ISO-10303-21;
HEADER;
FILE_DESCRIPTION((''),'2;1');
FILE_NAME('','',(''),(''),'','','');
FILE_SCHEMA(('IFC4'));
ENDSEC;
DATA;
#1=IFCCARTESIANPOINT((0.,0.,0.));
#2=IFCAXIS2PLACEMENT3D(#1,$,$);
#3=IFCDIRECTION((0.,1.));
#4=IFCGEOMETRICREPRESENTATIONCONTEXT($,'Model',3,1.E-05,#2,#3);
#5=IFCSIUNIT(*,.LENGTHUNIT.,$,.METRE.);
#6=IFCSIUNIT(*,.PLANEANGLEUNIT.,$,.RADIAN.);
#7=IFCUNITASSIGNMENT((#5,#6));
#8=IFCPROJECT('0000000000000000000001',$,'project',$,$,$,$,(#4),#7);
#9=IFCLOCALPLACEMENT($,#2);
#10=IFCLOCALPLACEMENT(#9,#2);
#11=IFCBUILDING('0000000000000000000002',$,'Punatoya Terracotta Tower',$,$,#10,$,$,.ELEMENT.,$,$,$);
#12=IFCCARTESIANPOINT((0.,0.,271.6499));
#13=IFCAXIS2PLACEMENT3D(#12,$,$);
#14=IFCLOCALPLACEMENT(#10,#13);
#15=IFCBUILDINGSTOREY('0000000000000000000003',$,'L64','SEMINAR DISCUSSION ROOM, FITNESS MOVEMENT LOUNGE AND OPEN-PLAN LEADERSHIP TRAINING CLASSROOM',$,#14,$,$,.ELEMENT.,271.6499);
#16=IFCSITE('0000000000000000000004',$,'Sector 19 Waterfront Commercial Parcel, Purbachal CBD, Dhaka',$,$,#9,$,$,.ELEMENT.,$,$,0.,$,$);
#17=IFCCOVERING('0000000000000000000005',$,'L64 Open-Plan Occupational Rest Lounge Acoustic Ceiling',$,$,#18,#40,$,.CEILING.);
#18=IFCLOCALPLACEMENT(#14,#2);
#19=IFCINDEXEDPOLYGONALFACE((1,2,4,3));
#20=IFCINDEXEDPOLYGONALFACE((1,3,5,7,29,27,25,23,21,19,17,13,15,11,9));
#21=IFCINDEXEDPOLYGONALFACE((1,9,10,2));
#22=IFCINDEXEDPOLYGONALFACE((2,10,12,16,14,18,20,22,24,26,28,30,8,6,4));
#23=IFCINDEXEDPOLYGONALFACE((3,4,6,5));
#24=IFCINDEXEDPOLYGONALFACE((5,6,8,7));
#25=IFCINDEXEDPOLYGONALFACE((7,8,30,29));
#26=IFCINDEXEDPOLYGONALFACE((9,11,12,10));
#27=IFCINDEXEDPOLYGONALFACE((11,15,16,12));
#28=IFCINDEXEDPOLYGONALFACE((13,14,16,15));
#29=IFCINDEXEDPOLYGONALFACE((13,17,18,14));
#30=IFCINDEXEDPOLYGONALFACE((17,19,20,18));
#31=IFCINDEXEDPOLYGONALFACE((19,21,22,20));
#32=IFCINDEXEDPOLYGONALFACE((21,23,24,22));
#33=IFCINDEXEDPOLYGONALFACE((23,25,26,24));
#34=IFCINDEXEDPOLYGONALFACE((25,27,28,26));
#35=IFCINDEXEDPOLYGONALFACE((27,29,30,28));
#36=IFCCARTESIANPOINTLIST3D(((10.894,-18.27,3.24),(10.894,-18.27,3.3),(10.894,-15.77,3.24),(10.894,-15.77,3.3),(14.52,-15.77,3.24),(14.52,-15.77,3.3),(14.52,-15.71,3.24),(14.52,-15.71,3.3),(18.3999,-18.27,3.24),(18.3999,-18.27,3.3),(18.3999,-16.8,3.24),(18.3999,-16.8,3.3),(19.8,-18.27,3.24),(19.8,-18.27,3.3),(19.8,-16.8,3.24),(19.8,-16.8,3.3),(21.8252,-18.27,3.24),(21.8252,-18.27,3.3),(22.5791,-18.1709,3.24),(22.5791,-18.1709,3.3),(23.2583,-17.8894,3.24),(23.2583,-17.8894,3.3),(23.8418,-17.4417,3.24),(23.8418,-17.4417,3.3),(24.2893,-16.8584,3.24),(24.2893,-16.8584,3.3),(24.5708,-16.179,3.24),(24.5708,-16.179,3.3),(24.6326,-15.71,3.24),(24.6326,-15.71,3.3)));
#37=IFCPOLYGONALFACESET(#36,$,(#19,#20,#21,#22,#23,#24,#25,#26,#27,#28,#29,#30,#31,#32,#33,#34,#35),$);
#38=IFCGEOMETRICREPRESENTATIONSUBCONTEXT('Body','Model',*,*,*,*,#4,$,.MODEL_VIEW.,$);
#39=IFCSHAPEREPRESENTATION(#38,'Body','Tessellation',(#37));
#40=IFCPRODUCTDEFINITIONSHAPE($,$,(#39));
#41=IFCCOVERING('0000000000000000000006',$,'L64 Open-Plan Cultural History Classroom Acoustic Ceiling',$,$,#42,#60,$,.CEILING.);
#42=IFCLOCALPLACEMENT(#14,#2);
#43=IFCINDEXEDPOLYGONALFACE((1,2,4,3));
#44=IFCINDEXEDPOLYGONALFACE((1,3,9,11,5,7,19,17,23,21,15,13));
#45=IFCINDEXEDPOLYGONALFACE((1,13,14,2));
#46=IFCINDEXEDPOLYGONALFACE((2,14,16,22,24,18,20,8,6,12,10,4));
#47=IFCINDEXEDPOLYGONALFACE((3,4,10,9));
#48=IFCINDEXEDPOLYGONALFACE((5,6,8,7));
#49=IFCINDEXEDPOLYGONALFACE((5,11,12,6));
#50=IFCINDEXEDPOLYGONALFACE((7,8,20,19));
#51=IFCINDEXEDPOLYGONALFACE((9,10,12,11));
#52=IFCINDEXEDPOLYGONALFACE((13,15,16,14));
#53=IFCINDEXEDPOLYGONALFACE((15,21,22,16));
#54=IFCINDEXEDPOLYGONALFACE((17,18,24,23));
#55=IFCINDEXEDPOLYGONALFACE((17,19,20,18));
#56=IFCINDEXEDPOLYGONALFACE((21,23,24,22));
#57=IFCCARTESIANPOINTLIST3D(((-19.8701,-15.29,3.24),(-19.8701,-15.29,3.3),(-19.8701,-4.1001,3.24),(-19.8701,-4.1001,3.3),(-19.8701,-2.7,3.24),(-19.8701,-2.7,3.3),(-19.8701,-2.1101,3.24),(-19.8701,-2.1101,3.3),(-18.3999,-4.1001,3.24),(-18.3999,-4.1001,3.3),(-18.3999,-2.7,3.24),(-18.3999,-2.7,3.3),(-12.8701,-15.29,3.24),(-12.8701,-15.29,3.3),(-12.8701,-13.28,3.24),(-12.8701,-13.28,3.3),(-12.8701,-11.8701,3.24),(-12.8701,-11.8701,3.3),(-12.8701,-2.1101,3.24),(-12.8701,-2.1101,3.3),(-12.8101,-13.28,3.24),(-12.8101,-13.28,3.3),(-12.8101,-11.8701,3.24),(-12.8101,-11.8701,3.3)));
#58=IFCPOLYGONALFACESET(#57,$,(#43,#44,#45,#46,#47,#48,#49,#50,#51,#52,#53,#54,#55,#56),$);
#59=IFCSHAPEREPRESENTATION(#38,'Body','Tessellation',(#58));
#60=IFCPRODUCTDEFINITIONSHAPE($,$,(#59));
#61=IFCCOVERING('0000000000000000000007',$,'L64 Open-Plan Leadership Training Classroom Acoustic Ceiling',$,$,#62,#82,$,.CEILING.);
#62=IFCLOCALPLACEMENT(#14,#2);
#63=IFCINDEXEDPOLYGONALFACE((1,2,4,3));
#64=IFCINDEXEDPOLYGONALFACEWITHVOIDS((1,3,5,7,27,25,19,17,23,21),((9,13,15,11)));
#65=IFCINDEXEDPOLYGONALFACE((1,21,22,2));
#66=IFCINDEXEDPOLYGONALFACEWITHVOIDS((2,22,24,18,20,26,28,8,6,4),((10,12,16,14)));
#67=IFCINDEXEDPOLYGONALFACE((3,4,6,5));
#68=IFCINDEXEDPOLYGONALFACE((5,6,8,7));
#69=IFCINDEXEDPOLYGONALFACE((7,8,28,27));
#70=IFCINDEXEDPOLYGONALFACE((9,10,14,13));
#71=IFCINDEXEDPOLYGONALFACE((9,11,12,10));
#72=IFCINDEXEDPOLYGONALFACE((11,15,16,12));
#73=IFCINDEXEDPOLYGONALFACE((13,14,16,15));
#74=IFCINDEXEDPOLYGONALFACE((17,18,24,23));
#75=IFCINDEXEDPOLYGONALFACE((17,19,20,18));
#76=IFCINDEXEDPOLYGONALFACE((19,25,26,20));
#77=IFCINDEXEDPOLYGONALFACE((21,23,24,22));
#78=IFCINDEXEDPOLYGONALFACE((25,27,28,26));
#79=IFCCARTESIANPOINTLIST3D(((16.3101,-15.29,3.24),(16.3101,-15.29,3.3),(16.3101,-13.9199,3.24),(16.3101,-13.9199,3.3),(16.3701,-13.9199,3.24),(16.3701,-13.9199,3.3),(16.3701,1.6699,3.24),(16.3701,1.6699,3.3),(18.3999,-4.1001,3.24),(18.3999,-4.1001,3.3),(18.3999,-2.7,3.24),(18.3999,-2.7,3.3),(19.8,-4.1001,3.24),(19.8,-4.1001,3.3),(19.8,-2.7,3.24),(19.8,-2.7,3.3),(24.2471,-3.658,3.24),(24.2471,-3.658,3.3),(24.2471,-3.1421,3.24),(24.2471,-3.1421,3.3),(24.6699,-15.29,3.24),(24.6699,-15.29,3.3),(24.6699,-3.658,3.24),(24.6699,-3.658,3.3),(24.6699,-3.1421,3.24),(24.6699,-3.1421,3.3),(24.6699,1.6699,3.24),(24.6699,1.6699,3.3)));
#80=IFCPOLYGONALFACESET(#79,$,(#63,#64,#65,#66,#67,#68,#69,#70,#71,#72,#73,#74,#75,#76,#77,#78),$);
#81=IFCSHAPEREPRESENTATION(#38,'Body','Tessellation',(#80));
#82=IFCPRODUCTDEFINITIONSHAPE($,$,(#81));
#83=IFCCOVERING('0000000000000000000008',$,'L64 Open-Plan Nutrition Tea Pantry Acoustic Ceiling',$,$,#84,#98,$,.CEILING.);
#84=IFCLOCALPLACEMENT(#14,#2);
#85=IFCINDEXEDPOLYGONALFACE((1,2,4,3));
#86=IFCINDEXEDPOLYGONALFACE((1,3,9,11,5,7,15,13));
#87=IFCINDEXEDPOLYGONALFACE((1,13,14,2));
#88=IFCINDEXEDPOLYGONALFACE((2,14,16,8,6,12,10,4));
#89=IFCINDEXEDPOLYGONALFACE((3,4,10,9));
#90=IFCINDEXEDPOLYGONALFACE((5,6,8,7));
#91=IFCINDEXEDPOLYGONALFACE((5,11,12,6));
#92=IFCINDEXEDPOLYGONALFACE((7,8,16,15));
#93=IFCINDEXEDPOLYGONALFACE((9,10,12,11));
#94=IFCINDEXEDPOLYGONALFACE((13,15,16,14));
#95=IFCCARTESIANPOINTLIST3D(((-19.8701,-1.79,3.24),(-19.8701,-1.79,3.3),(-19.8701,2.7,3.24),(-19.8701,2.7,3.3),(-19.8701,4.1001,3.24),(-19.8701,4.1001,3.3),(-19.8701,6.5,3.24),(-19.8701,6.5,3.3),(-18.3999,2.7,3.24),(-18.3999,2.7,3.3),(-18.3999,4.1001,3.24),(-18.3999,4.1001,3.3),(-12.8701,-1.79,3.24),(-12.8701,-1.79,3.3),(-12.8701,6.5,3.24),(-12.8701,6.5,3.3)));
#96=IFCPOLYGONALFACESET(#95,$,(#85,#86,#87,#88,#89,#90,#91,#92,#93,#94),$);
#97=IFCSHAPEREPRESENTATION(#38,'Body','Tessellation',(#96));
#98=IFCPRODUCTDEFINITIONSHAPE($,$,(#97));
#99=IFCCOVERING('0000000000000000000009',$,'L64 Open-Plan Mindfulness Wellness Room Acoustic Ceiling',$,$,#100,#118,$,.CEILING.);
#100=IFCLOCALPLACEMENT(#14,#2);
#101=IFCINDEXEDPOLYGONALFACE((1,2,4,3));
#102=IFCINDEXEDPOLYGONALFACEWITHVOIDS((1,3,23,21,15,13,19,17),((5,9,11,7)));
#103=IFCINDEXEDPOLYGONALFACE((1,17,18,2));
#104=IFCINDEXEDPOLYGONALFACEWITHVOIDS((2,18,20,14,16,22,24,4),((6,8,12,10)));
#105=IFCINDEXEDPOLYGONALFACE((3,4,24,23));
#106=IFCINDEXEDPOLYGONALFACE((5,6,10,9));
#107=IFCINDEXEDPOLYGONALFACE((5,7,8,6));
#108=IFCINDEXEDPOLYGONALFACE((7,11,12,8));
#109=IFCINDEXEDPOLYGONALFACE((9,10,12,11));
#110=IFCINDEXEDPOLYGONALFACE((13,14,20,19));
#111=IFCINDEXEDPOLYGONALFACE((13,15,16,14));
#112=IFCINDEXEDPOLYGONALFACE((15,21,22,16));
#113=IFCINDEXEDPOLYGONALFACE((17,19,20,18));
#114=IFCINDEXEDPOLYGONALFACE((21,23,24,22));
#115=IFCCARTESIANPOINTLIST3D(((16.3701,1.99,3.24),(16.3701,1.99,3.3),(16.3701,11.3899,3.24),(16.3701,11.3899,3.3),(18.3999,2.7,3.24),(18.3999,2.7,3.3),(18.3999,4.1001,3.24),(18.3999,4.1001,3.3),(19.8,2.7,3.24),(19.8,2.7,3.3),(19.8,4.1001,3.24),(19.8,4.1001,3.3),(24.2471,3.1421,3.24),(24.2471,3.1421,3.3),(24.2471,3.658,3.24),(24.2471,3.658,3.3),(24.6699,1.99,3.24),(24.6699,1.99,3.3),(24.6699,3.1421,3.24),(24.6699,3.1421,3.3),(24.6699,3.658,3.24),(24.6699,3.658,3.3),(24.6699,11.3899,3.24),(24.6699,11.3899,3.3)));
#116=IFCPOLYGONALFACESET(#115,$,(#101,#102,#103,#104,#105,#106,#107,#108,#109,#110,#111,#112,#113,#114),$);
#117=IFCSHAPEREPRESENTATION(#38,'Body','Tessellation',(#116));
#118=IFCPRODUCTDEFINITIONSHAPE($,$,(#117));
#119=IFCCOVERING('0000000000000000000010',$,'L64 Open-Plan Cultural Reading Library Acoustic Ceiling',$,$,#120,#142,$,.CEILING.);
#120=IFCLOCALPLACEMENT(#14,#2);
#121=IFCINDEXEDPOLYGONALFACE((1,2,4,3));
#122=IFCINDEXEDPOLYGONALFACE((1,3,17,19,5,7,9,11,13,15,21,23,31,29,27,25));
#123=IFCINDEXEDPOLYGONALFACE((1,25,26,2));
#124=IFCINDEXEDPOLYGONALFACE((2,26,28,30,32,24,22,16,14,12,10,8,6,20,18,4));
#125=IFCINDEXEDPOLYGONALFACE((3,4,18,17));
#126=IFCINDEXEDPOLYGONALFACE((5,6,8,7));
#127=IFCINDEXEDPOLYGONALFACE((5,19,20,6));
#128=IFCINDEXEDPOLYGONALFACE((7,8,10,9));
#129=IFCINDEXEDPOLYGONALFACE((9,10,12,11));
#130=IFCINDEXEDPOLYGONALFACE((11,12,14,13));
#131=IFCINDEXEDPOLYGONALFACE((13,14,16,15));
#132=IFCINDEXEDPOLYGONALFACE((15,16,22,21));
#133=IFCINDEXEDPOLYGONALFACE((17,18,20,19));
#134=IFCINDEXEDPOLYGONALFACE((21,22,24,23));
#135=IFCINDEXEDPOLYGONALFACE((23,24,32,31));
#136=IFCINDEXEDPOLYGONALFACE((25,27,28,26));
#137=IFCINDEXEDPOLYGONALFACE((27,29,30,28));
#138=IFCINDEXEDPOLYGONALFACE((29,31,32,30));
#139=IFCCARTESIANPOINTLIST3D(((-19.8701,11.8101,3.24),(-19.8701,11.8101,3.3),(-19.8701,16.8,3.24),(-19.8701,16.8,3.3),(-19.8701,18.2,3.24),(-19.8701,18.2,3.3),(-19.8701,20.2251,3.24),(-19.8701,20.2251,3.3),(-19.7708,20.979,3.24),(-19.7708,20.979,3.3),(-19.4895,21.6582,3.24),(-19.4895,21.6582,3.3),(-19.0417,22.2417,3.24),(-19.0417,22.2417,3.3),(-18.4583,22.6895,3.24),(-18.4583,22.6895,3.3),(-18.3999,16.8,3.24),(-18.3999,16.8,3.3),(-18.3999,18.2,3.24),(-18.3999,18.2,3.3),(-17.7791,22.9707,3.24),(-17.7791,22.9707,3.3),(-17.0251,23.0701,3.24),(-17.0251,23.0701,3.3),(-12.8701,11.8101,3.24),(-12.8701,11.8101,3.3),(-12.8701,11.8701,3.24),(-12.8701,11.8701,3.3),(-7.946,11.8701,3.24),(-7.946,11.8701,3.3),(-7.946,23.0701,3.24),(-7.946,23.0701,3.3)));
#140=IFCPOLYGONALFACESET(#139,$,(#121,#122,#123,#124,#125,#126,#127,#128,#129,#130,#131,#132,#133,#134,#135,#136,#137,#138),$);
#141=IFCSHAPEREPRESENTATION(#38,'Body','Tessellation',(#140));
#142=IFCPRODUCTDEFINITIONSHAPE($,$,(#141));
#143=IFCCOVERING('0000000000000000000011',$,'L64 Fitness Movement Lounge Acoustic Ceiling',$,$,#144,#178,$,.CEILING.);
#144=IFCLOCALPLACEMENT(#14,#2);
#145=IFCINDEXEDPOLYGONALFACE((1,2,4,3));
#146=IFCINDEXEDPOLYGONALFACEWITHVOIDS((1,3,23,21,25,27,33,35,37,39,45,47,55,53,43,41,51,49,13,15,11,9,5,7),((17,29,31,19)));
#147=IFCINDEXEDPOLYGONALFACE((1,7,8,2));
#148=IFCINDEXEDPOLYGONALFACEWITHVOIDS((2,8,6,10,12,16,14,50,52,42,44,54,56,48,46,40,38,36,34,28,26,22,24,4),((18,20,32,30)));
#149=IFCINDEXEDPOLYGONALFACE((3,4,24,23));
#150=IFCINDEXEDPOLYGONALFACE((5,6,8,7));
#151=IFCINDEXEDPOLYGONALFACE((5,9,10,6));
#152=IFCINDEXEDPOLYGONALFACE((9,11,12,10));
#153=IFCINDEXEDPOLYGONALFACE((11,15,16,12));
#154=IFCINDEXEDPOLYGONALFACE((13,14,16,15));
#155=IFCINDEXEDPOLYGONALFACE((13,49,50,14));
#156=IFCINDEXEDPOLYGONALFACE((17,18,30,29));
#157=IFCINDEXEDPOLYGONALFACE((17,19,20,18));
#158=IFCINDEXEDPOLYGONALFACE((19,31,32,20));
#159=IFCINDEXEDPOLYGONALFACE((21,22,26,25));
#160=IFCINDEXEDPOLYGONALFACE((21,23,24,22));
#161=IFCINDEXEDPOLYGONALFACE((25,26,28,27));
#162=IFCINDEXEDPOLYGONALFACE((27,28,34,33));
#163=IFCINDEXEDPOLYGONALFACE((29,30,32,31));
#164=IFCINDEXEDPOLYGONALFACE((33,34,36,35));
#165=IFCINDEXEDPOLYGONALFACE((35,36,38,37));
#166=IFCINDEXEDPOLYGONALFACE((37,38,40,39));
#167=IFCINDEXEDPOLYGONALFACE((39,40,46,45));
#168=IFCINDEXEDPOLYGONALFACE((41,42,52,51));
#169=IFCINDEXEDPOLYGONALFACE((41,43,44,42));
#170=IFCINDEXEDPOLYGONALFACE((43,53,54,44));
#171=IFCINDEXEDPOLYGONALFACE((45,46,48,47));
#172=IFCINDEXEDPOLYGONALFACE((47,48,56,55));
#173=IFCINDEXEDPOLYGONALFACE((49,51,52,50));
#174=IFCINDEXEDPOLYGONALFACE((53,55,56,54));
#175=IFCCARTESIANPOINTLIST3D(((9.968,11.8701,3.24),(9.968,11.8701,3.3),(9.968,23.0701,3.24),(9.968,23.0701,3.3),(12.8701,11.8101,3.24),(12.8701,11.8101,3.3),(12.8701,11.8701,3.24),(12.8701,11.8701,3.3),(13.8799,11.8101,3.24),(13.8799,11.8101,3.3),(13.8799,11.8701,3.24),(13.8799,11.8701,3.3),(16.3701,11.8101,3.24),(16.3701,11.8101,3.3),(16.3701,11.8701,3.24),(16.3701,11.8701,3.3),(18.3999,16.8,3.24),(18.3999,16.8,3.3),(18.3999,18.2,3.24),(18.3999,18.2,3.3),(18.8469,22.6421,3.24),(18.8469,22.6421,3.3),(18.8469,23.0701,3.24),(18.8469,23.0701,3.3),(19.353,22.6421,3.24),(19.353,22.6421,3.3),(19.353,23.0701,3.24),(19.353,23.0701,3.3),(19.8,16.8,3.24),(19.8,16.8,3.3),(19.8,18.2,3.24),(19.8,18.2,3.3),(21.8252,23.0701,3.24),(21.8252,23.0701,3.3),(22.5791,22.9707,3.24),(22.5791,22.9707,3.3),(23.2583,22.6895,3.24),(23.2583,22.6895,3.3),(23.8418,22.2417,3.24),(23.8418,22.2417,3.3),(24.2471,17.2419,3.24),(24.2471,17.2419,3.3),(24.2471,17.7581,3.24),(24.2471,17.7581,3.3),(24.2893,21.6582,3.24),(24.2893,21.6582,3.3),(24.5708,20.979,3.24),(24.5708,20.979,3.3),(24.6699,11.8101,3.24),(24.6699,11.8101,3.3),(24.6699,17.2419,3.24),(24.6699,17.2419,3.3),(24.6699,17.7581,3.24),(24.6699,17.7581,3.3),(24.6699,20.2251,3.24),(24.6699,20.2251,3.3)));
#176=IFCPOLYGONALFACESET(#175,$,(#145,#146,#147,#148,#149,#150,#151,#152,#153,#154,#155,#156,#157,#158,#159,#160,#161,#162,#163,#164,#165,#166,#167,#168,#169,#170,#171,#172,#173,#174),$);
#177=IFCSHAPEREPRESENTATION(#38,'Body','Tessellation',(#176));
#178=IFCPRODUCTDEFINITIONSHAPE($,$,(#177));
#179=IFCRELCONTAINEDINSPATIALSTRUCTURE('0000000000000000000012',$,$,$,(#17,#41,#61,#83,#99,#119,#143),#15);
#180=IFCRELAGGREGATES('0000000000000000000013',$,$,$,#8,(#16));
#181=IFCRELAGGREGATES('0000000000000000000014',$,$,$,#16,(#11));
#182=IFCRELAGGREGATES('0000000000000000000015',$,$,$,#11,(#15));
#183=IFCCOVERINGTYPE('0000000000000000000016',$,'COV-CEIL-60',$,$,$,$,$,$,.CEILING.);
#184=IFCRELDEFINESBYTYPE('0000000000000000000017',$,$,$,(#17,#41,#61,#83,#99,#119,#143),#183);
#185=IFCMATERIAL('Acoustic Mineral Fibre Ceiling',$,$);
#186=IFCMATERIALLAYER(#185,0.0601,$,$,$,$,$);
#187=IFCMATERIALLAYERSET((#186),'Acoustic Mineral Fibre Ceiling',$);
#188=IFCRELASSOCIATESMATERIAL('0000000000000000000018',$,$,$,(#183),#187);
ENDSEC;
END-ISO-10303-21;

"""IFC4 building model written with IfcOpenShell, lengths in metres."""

from ifc_helpers import new_model, si_unit, direction, frame, origin, place, context, subcontext, project, spatial, polyline, outline, extrude, material, layer, layer_set, type_object, element, save


model = new_model("IFC4")

# Units and contexts
model_context = context("Model", 3, precision=1e-05, world=origin(), true_north=direction((0.0, 1.0)))
body_context = subcontext(model_context, "Body", "Model", "MODEL_VIEW")
ifc_project = project(units=[si_unit("LENGTHUNIT", "METRE"), si_unit("PLANEANGLEUNIT", "RADIAN")], contexts=[model_context])

# Site, building, storey
site_placement = place(None, origin())
site = spatial("IfcSite", under=ifc_project, at=site_placement, Name="Sector 19 Waterfront Commercial Parcel, Purbachal CBD, Dhaka", CompositionType="ELEMENT", RefElevation=0.0)
building_placement = place(site_placement, origin())
building = spatial("IfcBuilding", under=site, at=building_placement, Name="Punatoya Terracotta Tower", CompositionType="ELEMENT")
storey_placement = place(building_placement, frame((0.0, 0.0, 271.6499)))
storey = spatial("IfcBuildingStorey", under=building, at=storey_placement, Name="L64", Description="SEMINAR DISCUSSION ROOM, FITNESS MOVEMENT LOUNGE AND OPEN-PLAN LEADERSHIP TRAINING CLASSROOM", CompositionType="ELEMENT", Elevation=271.6499)

# Coverings
ifc_material_1 = material(Name="Acoustic Mineral Fibre Ceiling")
ifc_layer_1 = layer(ifc_material_1, 0.0601)
ifc_layer_set_1 = layer_set([ifc_layer_1], Name="Acoustic Mineral Fibre Ceiling")
covering_type = type_object("IfcCoveringType", Name="COV-CEIL-60", PredefinedType="CEILING", material=ifc_layer_set_1)
covering_1_placement = place(storey_placement, frame((0.0, 0.0, 3.24)))
element("IfcCovering", 1, at=covering_1_placement, inside=storey, type_object=covering_type, Name="L64 Open-Plan Occupational Rest Lounge Acoustic Ceiling", PredefinedType="CEILING", context=body_context, shape_type="SweptSolid", body=[
    extrude(outline(polyline([(10.894, -15.77), (10.894, -18.27), (18.3999, -18.27), (18.3999, -16.8), (19.8, -16.8), (19.8, -18.27), (21.8252, -18.27), (22.5791, -18.1709), (23.2583, -17.8894), (23.8418, -17.4417), (24.2893, -16.8584), (24.5708, -16.179), (24.6326, -15.71), (14.52, -15.71), (14.52, -15.77), (10.894, -15.77)])), origin(), (0.0, 0.0, 1.0), 0.0601),
])
covering_2_placement = place(storey_placement, frame((0.0, 0.0, 3.24)))
element("IfcCovering", 2, at=covering_2_placement, inside=storey, type_object=covering_type, Name="L64 Open-Plan Cultural History Classroom Acoustic Ceiling", PredefinedType="CEILING", context=body_context, shape_type="SweptSolid", body=[
    extrude(outline(polyline([(-19.8701, -4.1001), (-19.8701, -15.29), (-12.8701, -15.29), (-12.8701, -13.28), (-12.8101, -13.28), (-12.8101, -11.8701), (-12.8701, -11.8701), (-12.8701, -2.1101), (-19.8701, -2.1101), (-19.8701, -2.7), (-18.3999, -2.7), (-18.3999, -4.1001), (-19.8701, -4.1001)])), origin(), (0.0, 0.0, 1.0), 0.0601),
])
covering_3_placement = place(storey_placement, frame((0.0, 0.0, 3.24)))
element("IfcCovering", 3, at=covering_3_placement, inside=storey, type_object=covering_type, Name="L64 Open-Plan Leadership Training Classroom Acoustic Ceiling", PredefinedType="CEILING", context=body_context, shape_type="SweptSolid", body=[
    extrude(outline(polyline([(16.3101, -13.9199), (16.3101, -15.29), (24.6699, -15.29), (24.6699, -3.658), (24.2471, -3.658), (24.2471, -3.1421), (24.6699, -3.1421), (24.6699, 1.6699), (16.3701, 1.6699), (16.3701, -13.9199), (16.3101, -13.9199)]), holes=[polyline([(18.3999, -4.1001), (18.3999, -2.7), (19.8, -2.7), (19.8, -4.1001), (18.3999, -4.1001)])]), origin(), (0.0, 0.0, 1.0), 0.0601),
])
covering_4_placement = place(storey_placement, frame((0.0, 0.0, 3.24)))
element("IfcCovering", 4, at=covering_4_placement, inside=storey, type_object=covering_type, Name="L64 Open-Plan Nutrition Tea Pantry Acoustic Ceiling", PredefinedType="CEILING", context=body_context, shape_type="SweptSolid", body=[
    extrude(outline(polyline([(-19.8701, 2.7), (-19.8701, -1.79), (-12.8701, -1.79), (-12.8701, 6.5), (-19.8701, 6.5), (-19.8701, 4.1001), (-18.3999, 4.1001), (-18.3999, 2.7), (-19.8701, 2.7)])), origin(), (0.0, 0.0, 1.0), 0.0601),
])
covering_5_placement = place(storey_placement, frame((0.0, 0.0, 3.24)))
element("IfcCovering", 5, at=covering_5_placement, inside=storey, type_object=covering_type, Name="L64 Open-Plan Mindfulness Wellness Room Acoustic Ceiling", PredefinedType="CEILING", context=body_context, shape_type="SweptSolid", body=[
    extrude(outline(polyline([(24.6699, 3.658), (24.6699, 11.3899), (16.3701, 11.3899), (16.3701, 1.99), (24.6699, 1.99), (24.6699, 3.1421), (24.2471, 3.1421), (24.2471, 3.658), (24.6699, 3.658)]), holes=[polyline([(18.3999, 4.1001), (19.8, 4.1001), (19.8, 2.7), (18.3999, 2.7), (18.3999, 4.1001)])]), origin(), (0.0, 0.0, 1.0), 0.0601),
])
covering_6_placement = place(storey_placement, frame((0.0, 0.0, 3.24)))
element("IfcCovering", 6, at=covering_6_placement, inside=storey, type_object=covering_type, Name="L64 Open-Plan Cultural Reading Library Acoustic Ceiling", PredefinedType="CEILING", context=body_context, shape_type="SweptSolid", body=[
    extrude(outline(polyline([(-19.8701, 16.8), (-19.8701, 11.8101), (-12.8701, 11.8101), (-12.8701, 11.8701), (-7.946, 11.8701), (-7.946, 23.0701), (-17.0251, 23.0701), (-17.7791, 22.9707), (-18.4583, 22.6895), (-19.0417, 22.2417), (-19.4895, 21.6582), (-19.7708, 20.979), (-19.8701, 20.2251), (-19.8701, 18.2), (-18.3999, 18.2), (-18.3999, 16.8), (-19.8701, 16.8)])), origin(), (0.0, 0.0, 1.0), 0.0601),
])
covering_7_placement = place(storey_placement, frame((0.0, 0.0, 3.24)))
element("IfcCovering", 7, at=covering_7_placement, inside=storey, type_object=covering_type, Name="L64 Fitness Movement Lounge Acoustic Ceiling", PredefinedType="CEILING", context=body_context, shape_type="SweptSolid", body=[
    extrude(outline(polyline([(12.8701, 11.8101), (13.8799, 11.8101), (13.8799, 11.8701), (16.3701, 11.8701), (16.3701, 11.8101), (24.6699, 11.8101), (24.6699, 17.2419), (24.2471, 17.2419), (24.2471, 17.7581), (24.6699, 17.7581), (24.6699, 20.2251), (24.5708, 20.979), (24.2893, 21.6582), (23.8418, 22.2417), (23.2583, 22.6895), (22.5791, 22.9707), (21.8252, 23.0701), (19.353, 23.0701), (19.353, 22.6421), (18.8469, 22.6421), (18.8469, 23.0701), (9.968, 23.0701), (9.968, 11.8701), (12.8701, 11.8701), (12.8701, 11.8101)]), holes=[polyline([(19.8, 18.2), (19.8, 16.8), (18.3999, 16.8), (18.3999, 18.2), (19.8, 18.2)])]), origin(), (0.0, 0.0, 1.0), 0.0601),
])

save(model, "model.ifc")
